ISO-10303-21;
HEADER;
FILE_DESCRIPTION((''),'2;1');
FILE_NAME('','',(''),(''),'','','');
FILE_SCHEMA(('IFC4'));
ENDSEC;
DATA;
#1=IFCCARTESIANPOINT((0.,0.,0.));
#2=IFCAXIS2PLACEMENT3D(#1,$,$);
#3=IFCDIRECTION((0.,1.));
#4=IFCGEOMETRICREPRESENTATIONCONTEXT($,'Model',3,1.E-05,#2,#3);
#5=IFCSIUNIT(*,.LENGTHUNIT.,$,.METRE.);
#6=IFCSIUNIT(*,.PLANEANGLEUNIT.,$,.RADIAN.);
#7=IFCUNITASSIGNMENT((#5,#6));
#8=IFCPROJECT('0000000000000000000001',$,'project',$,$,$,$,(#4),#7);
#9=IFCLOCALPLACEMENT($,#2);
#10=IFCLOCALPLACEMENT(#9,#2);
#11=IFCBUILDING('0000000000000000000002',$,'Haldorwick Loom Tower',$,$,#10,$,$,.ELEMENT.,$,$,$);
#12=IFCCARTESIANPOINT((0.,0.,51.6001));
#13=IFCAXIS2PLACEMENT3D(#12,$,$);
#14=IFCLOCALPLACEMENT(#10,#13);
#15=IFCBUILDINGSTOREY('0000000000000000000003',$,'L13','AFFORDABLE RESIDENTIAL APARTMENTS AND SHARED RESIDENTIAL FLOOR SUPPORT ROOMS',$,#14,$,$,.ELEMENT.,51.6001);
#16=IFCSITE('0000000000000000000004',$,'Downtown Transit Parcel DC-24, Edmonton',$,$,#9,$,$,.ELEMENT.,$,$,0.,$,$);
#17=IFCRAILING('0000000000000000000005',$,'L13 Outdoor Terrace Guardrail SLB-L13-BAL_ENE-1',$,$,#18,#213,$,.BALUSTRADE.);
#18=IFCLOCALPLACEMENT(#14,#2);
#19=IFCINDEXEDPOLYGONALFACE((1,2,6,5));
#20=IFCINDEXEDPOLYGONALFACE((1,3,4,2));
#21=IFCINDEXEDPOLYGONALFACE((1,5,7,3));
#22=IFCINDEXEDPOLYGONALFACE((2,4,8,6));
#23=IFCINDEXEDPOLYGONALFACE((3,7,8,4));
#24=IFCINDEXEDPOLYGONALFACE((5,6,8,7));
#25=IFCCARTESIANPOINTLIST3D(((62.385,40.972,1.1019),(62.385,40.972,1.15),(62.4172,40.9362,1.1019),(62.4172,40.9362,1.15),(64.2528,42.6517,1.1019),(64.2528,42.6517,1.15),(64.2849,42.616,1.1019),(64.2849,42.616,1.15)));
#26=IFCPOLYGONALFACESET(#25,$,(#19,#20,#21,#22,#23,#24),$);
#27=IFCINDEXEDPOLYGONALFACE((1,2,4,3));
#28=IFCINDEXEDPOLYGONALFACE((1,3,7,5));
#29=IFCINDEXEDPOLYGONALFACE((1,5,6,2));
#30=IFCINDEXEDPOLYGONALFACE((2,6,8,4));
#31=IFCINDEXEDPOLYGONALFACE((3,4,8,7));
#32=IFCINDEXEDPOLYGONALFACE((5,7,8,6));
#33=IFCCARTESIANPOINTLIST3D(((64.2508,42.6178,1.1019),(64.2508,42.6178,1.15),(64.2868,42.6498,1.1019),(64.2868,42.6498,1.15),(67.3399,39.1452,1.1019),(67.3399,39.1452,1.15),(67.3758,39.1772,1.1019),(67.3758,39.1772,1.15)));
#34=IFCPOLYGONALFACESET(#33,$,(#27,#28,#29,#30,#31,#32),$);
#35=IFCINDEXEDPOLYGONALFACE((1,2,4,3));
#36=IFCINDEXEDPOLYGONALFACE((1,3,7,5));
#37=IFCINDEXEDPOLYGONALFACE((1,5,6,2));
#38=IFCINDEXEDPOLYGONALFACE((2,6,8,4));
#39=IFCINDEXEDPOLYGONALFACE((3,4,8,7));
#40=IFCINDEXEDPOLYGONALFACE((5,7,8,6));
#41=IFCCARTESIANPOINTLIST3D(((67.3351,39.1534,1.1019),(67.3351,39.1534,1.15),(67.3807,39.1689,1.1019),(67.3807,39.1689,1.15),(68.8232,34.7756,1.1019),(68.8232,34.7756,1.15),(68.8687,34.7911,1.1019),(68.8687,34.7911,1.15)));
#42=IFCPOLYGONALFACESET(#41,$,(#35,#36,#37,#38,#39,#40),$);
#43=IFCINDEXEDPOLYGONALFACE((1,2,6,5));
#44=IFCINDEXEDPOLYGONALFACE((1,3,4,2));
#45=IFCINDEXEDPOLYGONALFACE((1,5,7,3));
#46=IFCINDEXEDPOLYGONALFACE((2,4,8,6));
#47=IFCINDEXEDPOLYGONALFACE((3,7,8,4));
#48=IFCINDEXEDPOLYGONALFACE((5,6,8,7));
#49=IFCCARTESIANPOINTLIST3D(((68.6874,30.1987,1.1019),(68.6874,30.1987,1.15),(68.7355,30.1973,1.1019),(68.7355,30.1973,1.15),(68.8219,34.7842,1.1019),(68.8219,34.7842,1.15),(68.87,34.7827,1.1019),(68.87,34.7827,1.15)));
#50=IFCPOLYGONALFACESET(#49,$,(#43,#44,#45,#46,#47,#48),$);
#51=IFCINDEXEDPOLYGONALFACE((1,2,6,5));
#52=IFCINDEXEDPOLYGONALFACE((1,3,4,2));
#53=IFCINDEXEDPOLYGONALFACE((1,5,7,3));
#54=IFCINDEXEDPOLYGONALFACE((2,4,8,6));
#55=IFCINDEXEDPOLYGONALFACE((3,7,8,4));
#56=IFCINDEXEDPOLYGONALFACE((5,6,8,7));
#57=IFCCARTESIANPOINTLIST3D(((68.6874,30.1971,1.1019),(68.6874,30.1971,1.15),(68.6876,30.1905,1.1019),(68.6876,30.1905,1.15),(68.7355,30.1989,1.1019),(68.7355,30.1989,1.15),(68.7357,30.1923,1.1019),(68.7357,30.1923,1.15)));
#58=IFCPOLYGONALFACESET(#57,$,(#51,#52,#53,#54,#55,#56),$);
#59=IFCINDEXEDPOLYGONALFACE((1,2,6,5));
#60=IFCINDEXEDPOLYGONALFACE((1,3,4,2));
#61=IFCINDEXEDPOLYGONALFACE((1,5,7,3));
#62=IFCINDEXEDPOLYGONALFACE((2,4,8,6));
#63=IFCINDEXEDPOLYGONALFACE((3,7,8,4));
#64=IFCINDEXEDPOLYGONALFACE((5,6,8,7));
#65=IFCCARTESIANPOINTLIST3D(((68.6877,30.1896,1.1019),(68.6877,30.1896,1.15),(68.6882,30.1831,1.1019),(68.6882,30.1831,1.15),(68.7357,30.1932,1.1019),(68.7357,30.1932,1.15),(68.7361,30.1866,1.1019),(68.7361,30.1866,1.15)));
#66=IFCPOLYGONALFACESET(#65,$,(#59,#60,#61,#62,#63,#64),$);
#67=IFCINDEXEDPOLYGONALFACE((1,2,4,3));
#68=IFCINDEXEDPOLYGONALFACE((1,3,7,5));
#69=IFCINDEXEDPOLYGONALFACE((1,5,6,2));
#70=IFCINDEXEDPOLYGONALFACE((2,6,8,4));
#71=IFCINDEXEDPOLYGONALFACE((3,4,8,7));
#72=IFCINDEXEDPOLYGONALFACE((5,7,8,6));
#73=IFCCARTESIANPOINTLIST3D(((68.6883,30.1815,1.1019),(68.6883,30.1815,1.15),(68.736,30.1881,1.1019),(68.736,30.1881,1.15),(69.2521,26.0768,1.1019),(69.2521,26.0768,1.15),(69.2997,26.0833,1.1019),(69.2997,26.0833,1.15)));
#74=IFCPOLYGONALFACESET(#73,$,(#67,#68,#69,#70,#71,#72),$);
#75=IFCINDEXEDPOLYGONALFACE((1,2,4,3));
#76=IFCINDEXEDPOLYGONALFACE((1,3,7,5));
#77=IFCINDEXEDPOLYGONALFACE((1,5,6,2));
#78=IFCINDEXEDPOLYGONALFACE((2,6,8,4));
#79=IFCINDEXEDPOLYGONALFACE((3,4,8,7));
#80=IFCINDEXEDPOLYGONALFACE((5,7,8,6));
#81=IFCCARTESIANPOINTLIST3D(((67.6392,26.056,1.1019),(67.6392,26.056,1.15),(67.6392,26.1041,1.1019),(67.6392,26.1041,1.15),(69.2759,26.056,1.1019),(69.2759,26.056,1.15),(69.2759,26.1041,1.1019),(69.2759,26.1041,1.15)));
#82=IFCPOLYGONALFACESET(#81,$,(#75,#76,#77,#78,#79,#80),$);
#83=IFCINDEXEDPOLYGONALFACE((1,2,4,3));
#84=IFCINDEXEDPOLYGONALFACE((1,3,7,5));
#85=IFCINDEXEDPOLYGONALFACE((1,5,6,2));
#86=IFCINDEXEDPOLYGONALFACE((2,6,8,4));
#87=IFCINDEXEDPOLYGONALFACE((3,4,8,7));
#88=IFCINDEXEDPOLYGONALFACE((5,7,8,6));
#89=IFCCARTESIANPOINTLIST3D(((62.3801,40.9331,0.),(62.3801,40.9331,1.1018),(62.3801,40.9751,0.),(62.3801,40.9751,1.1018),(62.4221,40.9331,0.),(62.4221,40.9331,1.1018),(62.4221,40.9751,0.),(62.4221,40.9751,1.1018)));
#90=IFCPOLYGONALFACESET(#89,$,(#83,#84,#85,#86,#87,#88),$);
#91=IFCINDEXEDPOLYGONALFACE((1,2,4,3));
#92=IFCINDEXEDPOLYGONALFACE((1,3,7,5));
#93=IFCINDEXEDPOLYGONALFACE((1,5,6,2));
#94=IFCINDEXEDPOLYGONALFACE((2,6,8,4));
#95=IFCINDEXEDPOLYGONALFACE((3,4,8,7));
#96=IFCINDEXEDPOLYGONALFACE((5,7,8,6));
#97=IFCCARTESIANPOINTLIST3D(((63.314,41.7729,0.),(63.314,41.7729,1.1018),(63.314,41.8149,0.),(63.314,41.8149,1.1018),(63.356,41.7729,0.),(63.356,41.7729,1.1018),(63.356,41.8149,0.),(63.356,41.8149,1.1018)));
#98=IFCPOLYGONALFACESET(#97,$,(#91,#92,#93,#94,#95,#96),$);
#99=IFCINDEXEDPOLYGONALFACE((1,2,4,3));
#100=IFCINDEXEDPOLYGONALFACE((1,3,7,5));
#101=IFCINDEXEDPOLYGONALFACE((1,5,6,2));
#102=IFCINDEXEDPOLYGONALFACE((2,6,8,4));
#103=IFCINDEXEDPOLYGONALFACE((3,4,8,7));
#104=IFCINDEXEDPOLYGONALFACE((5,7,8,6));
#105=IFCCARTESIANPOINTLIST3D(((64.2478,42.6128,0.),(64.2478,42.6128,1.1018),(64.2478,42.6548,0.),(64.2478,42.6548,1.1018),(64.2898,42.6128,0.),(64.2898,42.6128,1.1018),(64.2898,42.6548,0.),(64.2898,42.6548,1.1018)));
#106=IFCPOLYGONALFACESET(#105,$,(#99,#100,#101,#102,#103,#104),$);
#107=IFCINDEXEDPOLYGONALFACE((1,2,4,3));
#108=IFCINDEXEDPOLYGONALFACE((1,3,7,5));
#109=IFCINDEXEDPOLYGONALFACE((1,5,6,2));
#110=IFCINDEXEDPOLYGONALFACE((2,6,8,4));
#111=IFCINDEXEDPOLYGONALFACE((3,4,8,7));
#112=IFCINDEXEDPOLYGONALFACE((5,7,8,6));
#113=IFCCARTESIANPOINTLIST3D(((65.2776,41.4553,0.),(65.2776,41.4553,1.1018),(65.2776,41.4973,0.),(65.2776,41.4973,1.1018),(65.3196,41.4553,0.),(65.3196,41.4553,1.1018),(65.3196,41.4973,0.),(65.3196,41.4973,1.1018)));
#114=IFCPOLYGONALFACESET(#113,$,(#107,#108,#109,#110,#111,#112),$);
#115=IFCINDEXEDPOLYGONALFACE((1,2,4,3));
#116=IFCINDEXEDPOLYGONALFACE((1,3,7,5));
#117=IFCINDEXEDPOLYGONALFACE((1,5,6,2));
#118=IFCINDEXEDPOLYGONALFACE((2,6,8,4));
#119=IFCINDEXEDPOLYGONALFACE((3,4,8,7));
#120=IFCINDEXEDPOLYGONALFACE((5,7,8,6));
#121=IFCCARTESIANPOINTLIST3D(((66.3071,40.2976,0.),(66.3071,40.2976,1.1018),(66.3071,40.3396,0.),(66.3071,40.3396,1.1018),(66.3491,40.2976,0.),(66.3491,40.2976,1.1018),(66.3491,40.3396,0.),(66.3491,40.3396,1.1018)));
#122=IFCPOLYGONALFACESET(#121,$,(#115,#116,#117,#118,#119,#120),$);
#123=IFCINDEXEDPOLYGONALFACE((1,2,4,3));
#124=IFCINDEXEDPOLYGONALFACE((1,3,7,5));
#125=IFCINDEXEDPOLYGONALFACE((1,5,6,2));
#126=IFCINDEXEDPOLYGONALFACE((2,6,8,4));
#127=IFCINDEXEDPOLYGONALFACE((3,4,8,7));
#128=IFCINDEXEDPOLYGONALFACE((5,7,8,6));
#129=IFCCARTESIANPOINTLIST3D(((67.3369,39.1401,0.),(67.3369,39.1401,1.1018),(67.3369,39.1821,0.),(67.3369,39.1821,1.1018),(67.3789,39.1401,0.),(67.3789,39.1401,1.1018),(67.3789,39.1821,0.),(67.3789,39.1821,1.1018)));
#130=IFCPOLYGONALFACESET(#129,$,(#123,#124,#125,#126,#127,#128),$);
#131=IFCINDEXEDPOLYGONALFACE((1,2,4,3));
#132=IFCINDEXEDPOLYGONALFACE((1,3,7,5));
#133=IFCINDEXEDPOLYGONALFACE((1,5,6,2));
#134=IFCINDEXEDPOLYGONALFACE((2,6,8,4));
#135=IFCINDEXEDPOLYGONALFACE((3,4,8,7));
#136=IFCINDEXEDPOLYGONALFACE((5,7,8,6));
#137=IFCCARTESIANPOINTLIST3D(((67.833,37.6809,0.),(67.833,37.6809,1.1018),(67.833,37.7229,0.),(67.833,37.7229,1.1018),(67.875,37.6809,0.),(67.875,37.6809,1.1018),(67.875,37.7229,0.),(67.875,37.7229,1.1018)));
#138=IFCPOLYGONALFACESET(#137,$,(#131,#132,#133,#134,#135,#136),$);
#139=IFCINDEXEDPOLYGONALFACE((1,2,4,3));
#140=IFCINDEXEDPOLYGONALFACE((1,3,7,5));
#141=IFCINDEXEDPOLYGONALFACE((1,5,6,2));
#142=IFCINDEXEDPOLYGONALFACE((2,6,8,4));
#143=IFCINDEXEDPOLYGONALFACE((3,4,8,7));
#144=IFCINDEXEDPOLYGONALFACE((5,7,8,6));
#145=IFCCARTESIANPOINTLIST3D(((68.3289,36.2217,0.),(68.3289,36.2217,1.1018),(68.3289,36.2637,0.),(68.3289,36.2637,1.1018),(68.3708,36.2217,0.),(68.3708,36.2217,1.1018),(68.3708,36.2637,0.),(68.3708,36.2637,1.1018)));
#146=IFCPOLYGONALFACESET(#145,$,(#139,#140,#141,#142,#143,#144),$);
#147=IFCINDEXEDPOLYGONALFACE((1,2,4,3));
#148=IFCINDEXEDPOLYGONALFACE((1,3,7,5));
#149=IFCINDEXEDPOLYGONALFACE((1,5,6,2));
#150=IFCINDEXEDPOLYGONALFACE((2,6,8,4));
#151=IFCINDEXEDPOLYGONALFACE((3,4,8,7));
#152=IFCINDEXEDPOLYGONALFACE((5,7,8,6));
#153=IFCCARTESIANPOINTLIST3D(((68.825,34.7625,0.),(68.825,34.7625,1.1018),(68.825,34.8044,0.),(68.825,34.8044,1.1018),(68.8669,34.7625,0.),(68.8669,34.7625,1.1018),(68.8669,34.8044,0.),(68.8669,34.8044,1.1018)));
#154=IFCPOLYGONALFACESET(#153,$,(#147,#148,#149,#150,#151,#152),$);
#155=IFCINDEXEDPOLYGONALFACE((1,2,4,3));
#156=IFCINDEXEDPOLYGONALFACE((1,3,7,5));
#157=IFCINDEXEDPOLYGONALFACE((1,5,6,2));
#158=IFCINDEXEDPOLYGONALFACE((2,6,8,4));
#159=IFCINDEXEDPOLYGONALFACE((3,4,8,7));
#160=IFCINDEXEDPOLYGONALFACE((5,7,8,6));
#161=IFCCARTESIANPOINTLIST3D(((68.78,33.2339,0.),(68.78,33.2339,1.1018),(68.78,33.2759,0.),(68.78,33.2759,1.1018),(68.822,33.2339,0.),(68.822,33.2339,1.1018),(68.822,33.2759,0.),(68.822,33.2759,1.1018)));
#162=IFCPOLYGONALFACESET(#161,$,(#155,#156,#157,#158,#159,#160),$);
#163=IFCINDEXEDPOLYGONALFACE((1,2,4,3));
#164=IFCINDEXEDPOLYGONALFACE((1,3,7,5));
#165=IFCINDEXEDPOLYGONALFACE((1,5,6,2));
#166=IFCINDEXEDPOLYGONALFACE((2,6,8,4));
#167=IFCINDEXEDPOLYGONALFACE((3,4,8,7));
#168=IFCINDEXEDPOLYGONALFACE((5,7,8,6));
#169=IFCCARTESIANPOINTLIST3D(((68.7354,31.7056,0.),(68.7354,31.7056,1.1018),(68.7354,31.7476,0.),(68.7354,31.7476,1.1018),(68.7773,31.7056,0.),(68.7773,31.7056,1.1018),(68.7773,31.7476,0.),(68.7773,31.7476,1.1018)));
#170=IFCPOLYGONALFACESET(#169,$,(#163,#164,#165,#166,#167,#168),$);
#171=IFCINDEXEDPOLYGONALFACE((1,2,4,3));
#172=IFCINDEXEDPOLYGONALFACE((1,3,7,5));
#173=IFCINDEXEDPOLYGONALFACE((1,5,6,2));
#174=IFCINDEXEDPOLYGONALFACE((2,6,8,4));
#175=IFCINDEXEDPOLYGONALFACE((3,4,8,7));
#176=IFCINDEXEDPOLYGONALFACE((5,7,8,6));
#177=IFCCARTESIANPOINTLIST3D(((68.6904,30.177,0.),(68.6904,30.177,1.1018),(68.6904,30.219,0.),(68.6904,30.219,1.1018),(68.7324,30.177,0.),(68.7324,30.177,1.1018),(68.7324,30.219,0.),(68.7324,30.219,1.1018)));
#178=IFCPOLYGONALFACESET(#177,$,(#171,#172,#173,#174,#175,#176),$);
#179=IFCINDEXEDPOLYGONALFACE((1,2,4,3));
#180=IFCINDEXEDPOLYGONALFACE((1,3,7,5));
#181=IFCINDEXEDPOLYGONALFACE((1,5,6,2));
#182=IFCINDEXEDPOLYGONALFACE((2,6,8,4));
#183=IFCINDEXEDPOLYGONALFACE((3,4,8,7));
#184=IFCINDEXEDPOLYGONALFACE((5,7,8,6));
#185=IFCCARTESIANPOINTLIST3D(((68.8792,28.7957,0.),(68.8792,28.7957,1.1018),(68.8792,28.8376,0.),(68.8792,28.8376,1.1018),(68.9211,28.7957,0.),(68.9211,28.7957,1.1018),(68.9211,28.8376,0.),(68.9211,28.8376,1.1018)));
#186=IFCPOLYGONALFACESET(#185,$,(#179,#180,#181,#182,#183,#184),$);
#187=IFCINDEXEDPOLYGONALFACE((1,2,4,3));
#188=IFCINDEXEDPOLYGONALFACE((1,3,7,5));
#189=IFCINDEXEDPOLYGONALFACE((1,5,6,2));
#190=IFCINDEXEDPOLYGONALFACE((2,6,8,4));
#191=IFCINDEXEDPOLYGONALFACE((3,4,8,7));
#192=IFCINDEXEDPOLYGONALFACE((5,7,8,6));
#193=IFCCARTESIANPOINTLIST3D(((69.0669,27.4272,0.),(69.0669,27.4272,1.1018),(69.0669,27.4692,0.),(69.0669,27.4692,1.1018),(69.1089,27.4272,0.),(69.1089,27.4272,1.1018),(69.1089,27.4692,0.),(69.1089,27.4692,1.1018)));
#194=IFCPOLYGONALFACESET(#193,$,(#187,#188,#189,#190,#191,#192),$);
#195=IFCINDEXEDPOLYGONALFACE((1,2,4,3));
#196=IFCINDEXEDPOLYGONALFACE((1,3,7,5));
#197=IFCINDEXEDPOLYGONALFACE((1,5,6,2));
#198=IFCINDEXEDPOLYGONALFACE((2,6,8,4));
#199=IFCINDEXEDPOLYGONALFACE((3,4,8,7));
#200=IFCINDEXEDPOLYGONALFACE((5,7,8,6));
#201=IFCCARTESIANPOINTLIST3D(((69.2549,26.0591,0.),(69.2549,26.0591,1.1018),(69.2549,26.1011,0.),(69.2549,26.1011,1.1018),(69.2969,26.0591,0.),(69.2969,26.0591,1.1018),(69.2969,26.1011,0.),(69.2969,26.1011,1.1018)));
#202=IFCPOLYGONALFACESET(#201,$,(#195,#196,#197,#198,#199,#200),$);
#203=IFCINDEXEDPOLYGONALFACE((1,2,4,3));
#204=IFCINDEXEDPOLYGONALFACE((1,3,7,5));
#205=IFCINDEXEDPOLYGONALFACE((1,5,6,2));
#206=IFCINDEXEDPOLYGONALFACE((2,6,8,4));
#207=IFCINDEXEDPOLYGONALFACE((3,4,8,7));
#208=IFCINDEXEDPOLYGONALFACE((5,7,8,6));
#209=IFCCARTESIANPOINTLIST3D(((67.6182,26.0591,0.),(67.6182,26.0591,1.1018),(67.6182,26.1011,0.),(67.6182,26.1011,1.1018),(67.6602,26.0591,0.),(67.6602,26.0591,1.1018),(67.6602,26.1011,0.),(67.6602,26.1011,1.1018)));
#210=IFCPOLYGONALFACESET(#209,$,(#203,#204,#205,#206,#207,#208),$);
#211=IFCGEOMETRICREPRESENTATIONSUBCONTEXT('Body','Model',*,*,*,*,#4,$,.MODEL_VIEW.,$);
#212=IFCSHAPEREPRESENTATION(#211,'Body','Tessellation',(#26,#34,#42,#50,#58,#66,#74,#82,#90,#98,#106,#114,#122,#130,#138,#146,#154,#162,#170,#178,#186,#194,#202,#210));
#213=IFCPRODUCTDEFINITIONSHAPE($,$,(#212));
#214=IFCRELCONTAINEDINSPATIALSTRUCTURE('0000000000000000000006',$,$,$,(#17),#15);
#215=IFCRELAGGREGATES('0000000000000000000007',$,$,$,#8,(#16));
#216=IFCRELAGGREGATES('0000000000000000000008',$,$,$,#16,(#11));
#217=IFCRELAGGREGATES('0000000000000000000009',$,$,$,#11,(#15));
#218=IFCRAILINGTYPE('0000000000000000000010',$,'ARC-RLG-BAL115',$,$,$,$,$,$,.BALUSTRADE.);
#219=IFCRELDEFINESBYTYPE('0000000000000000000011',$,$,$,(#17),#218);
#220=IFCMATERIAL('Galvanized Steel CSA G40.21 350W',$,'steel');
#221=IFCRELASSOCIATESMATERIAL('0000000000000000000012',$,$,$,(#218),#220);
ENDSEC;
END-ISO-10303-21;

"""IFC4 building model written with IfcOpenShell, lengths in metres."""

from ifc_helpers import new_model, si_unit, direction, frame, origin, origin_2d, place, context, subcontext, project, spatial, rectangle, extrude, material, type_object, element, save


model = new_model("IFC4")

# Units and contexts
model_context = context("Model", 3, precision=1e-05, world=origin(), true_north=direction((0.0, 1.0)))
body_context = subcontext(model_context, "Body", "Model", "MODEL_VIEW")
ifc_project = project(units=[si_unit("LENGTHUNIT", "METRE"), si_unit("PLANEANGLEUNIT", "RADIAN")], contexts=[model_context])

# Site, building, storey
site_placement = place(None, origin())
site = spatial("IfcSite", under=ifc_project, at=site_placement, Name="Downtown Transit Parcel DC-24, Edmonton", CompositionType="ELEMENT", RefElevation=0.0)
building_placement = place(site_placement, origin())
building = spatial("IfcBuilding", under=site, at=building_placement, Name="Haldorwick Loom Tower", CompositionType="ELEMENT")
storey_placement = place(building_placement, frame((0.0, 0.0, 51.6001)))
storey = spatial("IfcBuildingStorey", under=building, at=storey_placement, Name="L13", Description="AFFORDABLE RESIDENTIAL APARTMENTS AND SHARED RESIDENTIAL FLOOR SUPPORT ROOMS", CompositionType="ELEMENT", Elevation=51.6001)

# Railing
ifc_material_1 = material(Name="Galvanized Steel CSA G40.21 350W", Category="steel")
railing_type = type_object("IfcRailingType", Name="ARC-RLG-BAL115", PredefinedType="BALUSTRADE", material=ifc_material_1)
railing_placement = place(storey_placement, frame((62.4011, 40.9541, 0.0)))
element("IfcRailing", 1, at=railing_placement, inside=storey, type_object=railing_type, Name="L13 Outdoor Terrace Guardrail SLB-L13-BAL_ENE-1", PredefinedType="BALUSTRADE", context=body_context, shape_type="SweptSolid", body=[
    extrude(rectangle(XDim=0.0481, YDim=0.0481, at=origin_2d()), frame((0.0, 0.0, 1.126), z_axis=(0.743536, 0.668696, 0.0), x_axis=(-0.668696, 0.743536, 0.0)), (0.0, 0.0, 1.0), 2.512),
    extrude(rectangle(XDim=0.0481, YDim=0.0481, at=origin_2d()), frame((1.8677, 1.6797, 1.126), z_axis=(0.664641, -0.747163, 0.0), x_axis=(0.747163, 0.664641, 0.0)), (0.0, 0.0, 1.0), 4.6477),
    extrude(rectangle(XDim=0.0481, YDim=0.0481, at=origin_2d()), frame((4.9568, -1.793, 1.126), z_axis=(0.32183, -0.946798, 0.0), x_axis=(0.946798, 0.32183, 0.0)), (0.0, 0.0, 1.0), 4.6238),
    extrude(rectangle(XDim=0.0481, YDim=0.0481, at=origin_2d()), frame((6.4448, -6.1707, 1.126), z_axis=(-0.029324, -0.99957, 0.0), x_axis=(0.99957, -0.029324, 0.0)), (0.0, 0.0, 1.0), 4.5874),
    extrude(rectangle(XDim=0.0481, YDim=0.0481, at=origin_2d()), frame((6.3103, -10.7561, 1.126), z_axis=(0.037012, -0.999315, 0.0), x_axis=(0.999315, 0.037012, 0.0)), (0.0, 0.0, 1.0), 0.0066),
    extrude(rectangle(XDim=0.0481, YDim=0.0481, at=origin_2d()), frame((6.3105, -10.7627, 1.126), z_axis=(0.073872, -0.997268, 0.0), x_axis=(0.997268, 0.073872, 0.0)), (0.0, 0.0, 1.0), 0.0066),
    extrude(rectangle(XDim=0.0481, YDim=0.0481, at=origin_2d()), frame((6.311, -10.7693, 1.126), z_axis=(0.136057, -0.990701, 0.0), x_axis=(0.990701, 0.136057, 0.0)), (0.0, 0.0, 1.0), 4.1433),
    extrude(rectangle(XDim=0.0481, YDim=0.0481, at=origin_2d()), frame((6.8748, -14.874, 1.126), z_axis=(-1.0, 0.0, 0.0), x_axis=(0.0, -1.0, 0.0)), (0.0, 0.0, 1.0), 1.6367),
    extrude(rectangle(XDim=0.042, YDim=0.042, at=origin_2d()), origin(), (0.0, 0.0, 1.0), 1.1018),
    extrude(rectangle(XDim=0.042, YDim=0.042, at=origin_2d()), frame((0.9338, 0.8398, 0.0)), (0.0, 0.0, 1.0), 1.1018),
    extrude(rectangle(XDim=0.042, YDim=0.042, at=origin_2d()), frame((1.8677, 1.6797, 0.0)), (0.0, 0.0, 1.0), 1.1018),
    extrude(rectangle(XDim=0.042, YDim=0.042, at=origin_2d()), frame((2.8975, 0.5222, 0.0)), (0.0, 0.0, 1.0), 1.1018),
    extrude(rectangle(XDim=0.042, YDim=0.042, at=origin_2d()), frame((3.927, -0.6355, 0.0)), (0.0, 0.0, 1.0), 1.1018),
    extrude(rectangle(XDim=0.042, YDim=0.042, at=origin_2d()), frame((4.9568, -1.793, 0.0)), (0.0, 0.0, 1.0), 1.1018),
    extrude(rectangle(XDim=0.042, YDim=0.042, at=origin_2d()), frame((5.4529, -3.2522, 0.0)), (0.0, 0.0, 1.0), 1.1018),
    extrude(rectangle(XDim=0.042, YDim=0.042, at=origin_2d()), frame((5.9487, -4.7114, 0.0)), (0.0, 0.0, 1.0), 1.1018),
    extrude(rectangle(XDim=0.042, YDim=0.042, at=origin_2d()), frame((6.4448, -6.1707, 0.0)), (0.0, 0.0, 1.0), 1.1018),
    extrude(rectangle(XDim=0.042, YDim=0.042, at=origin_2d()), frame((6.3999, -7.6992, 0.0)), (0.0, 0.0, 1.0), 1.1018),
    extrude(rectangle(XDim=0.042, YDim=0.042, at=origin_2d()), frame((6.3552, -9.2275, 0.0)), (0.0, 0.0, 1.0), 1.1018),
    extrude(rectangle(XDim=0.042, YDim=0.042, at=origin_2d()), frame((6.3103, -10.7561, 0.0)), (0.0, 0.0, 1.0), 1.1018),
    extrude(rectangle(XDim=0.042, YDim=0.042, at=origin_2d()), frame((6.499, -12.1375, 0.0)), (0.0, 0.0, 1.0), 1.1018),
    extrude(rectangle(XDim=0.042, YDim=0.042, at=origin_2d()), frame((6.6868, -13.5059, 0.0)), (0.0, 0.0, 1.0), 1.1018),
    extrude(rectangle(XDim=0.042, YDim=0.042, at=origin_2d()), frame((6.8748, -14.874, 0.0)), (0.0, 0.0, 1.0), 1.1018),
    extrude(rectangle(XDim=0.042, YDim=0.042, at=origin_2d()), frame((5.238, -14.874, 0.0)), (0.0, 0.0, 1.0), 1.1018),
])

save(model, "model.ifc")
